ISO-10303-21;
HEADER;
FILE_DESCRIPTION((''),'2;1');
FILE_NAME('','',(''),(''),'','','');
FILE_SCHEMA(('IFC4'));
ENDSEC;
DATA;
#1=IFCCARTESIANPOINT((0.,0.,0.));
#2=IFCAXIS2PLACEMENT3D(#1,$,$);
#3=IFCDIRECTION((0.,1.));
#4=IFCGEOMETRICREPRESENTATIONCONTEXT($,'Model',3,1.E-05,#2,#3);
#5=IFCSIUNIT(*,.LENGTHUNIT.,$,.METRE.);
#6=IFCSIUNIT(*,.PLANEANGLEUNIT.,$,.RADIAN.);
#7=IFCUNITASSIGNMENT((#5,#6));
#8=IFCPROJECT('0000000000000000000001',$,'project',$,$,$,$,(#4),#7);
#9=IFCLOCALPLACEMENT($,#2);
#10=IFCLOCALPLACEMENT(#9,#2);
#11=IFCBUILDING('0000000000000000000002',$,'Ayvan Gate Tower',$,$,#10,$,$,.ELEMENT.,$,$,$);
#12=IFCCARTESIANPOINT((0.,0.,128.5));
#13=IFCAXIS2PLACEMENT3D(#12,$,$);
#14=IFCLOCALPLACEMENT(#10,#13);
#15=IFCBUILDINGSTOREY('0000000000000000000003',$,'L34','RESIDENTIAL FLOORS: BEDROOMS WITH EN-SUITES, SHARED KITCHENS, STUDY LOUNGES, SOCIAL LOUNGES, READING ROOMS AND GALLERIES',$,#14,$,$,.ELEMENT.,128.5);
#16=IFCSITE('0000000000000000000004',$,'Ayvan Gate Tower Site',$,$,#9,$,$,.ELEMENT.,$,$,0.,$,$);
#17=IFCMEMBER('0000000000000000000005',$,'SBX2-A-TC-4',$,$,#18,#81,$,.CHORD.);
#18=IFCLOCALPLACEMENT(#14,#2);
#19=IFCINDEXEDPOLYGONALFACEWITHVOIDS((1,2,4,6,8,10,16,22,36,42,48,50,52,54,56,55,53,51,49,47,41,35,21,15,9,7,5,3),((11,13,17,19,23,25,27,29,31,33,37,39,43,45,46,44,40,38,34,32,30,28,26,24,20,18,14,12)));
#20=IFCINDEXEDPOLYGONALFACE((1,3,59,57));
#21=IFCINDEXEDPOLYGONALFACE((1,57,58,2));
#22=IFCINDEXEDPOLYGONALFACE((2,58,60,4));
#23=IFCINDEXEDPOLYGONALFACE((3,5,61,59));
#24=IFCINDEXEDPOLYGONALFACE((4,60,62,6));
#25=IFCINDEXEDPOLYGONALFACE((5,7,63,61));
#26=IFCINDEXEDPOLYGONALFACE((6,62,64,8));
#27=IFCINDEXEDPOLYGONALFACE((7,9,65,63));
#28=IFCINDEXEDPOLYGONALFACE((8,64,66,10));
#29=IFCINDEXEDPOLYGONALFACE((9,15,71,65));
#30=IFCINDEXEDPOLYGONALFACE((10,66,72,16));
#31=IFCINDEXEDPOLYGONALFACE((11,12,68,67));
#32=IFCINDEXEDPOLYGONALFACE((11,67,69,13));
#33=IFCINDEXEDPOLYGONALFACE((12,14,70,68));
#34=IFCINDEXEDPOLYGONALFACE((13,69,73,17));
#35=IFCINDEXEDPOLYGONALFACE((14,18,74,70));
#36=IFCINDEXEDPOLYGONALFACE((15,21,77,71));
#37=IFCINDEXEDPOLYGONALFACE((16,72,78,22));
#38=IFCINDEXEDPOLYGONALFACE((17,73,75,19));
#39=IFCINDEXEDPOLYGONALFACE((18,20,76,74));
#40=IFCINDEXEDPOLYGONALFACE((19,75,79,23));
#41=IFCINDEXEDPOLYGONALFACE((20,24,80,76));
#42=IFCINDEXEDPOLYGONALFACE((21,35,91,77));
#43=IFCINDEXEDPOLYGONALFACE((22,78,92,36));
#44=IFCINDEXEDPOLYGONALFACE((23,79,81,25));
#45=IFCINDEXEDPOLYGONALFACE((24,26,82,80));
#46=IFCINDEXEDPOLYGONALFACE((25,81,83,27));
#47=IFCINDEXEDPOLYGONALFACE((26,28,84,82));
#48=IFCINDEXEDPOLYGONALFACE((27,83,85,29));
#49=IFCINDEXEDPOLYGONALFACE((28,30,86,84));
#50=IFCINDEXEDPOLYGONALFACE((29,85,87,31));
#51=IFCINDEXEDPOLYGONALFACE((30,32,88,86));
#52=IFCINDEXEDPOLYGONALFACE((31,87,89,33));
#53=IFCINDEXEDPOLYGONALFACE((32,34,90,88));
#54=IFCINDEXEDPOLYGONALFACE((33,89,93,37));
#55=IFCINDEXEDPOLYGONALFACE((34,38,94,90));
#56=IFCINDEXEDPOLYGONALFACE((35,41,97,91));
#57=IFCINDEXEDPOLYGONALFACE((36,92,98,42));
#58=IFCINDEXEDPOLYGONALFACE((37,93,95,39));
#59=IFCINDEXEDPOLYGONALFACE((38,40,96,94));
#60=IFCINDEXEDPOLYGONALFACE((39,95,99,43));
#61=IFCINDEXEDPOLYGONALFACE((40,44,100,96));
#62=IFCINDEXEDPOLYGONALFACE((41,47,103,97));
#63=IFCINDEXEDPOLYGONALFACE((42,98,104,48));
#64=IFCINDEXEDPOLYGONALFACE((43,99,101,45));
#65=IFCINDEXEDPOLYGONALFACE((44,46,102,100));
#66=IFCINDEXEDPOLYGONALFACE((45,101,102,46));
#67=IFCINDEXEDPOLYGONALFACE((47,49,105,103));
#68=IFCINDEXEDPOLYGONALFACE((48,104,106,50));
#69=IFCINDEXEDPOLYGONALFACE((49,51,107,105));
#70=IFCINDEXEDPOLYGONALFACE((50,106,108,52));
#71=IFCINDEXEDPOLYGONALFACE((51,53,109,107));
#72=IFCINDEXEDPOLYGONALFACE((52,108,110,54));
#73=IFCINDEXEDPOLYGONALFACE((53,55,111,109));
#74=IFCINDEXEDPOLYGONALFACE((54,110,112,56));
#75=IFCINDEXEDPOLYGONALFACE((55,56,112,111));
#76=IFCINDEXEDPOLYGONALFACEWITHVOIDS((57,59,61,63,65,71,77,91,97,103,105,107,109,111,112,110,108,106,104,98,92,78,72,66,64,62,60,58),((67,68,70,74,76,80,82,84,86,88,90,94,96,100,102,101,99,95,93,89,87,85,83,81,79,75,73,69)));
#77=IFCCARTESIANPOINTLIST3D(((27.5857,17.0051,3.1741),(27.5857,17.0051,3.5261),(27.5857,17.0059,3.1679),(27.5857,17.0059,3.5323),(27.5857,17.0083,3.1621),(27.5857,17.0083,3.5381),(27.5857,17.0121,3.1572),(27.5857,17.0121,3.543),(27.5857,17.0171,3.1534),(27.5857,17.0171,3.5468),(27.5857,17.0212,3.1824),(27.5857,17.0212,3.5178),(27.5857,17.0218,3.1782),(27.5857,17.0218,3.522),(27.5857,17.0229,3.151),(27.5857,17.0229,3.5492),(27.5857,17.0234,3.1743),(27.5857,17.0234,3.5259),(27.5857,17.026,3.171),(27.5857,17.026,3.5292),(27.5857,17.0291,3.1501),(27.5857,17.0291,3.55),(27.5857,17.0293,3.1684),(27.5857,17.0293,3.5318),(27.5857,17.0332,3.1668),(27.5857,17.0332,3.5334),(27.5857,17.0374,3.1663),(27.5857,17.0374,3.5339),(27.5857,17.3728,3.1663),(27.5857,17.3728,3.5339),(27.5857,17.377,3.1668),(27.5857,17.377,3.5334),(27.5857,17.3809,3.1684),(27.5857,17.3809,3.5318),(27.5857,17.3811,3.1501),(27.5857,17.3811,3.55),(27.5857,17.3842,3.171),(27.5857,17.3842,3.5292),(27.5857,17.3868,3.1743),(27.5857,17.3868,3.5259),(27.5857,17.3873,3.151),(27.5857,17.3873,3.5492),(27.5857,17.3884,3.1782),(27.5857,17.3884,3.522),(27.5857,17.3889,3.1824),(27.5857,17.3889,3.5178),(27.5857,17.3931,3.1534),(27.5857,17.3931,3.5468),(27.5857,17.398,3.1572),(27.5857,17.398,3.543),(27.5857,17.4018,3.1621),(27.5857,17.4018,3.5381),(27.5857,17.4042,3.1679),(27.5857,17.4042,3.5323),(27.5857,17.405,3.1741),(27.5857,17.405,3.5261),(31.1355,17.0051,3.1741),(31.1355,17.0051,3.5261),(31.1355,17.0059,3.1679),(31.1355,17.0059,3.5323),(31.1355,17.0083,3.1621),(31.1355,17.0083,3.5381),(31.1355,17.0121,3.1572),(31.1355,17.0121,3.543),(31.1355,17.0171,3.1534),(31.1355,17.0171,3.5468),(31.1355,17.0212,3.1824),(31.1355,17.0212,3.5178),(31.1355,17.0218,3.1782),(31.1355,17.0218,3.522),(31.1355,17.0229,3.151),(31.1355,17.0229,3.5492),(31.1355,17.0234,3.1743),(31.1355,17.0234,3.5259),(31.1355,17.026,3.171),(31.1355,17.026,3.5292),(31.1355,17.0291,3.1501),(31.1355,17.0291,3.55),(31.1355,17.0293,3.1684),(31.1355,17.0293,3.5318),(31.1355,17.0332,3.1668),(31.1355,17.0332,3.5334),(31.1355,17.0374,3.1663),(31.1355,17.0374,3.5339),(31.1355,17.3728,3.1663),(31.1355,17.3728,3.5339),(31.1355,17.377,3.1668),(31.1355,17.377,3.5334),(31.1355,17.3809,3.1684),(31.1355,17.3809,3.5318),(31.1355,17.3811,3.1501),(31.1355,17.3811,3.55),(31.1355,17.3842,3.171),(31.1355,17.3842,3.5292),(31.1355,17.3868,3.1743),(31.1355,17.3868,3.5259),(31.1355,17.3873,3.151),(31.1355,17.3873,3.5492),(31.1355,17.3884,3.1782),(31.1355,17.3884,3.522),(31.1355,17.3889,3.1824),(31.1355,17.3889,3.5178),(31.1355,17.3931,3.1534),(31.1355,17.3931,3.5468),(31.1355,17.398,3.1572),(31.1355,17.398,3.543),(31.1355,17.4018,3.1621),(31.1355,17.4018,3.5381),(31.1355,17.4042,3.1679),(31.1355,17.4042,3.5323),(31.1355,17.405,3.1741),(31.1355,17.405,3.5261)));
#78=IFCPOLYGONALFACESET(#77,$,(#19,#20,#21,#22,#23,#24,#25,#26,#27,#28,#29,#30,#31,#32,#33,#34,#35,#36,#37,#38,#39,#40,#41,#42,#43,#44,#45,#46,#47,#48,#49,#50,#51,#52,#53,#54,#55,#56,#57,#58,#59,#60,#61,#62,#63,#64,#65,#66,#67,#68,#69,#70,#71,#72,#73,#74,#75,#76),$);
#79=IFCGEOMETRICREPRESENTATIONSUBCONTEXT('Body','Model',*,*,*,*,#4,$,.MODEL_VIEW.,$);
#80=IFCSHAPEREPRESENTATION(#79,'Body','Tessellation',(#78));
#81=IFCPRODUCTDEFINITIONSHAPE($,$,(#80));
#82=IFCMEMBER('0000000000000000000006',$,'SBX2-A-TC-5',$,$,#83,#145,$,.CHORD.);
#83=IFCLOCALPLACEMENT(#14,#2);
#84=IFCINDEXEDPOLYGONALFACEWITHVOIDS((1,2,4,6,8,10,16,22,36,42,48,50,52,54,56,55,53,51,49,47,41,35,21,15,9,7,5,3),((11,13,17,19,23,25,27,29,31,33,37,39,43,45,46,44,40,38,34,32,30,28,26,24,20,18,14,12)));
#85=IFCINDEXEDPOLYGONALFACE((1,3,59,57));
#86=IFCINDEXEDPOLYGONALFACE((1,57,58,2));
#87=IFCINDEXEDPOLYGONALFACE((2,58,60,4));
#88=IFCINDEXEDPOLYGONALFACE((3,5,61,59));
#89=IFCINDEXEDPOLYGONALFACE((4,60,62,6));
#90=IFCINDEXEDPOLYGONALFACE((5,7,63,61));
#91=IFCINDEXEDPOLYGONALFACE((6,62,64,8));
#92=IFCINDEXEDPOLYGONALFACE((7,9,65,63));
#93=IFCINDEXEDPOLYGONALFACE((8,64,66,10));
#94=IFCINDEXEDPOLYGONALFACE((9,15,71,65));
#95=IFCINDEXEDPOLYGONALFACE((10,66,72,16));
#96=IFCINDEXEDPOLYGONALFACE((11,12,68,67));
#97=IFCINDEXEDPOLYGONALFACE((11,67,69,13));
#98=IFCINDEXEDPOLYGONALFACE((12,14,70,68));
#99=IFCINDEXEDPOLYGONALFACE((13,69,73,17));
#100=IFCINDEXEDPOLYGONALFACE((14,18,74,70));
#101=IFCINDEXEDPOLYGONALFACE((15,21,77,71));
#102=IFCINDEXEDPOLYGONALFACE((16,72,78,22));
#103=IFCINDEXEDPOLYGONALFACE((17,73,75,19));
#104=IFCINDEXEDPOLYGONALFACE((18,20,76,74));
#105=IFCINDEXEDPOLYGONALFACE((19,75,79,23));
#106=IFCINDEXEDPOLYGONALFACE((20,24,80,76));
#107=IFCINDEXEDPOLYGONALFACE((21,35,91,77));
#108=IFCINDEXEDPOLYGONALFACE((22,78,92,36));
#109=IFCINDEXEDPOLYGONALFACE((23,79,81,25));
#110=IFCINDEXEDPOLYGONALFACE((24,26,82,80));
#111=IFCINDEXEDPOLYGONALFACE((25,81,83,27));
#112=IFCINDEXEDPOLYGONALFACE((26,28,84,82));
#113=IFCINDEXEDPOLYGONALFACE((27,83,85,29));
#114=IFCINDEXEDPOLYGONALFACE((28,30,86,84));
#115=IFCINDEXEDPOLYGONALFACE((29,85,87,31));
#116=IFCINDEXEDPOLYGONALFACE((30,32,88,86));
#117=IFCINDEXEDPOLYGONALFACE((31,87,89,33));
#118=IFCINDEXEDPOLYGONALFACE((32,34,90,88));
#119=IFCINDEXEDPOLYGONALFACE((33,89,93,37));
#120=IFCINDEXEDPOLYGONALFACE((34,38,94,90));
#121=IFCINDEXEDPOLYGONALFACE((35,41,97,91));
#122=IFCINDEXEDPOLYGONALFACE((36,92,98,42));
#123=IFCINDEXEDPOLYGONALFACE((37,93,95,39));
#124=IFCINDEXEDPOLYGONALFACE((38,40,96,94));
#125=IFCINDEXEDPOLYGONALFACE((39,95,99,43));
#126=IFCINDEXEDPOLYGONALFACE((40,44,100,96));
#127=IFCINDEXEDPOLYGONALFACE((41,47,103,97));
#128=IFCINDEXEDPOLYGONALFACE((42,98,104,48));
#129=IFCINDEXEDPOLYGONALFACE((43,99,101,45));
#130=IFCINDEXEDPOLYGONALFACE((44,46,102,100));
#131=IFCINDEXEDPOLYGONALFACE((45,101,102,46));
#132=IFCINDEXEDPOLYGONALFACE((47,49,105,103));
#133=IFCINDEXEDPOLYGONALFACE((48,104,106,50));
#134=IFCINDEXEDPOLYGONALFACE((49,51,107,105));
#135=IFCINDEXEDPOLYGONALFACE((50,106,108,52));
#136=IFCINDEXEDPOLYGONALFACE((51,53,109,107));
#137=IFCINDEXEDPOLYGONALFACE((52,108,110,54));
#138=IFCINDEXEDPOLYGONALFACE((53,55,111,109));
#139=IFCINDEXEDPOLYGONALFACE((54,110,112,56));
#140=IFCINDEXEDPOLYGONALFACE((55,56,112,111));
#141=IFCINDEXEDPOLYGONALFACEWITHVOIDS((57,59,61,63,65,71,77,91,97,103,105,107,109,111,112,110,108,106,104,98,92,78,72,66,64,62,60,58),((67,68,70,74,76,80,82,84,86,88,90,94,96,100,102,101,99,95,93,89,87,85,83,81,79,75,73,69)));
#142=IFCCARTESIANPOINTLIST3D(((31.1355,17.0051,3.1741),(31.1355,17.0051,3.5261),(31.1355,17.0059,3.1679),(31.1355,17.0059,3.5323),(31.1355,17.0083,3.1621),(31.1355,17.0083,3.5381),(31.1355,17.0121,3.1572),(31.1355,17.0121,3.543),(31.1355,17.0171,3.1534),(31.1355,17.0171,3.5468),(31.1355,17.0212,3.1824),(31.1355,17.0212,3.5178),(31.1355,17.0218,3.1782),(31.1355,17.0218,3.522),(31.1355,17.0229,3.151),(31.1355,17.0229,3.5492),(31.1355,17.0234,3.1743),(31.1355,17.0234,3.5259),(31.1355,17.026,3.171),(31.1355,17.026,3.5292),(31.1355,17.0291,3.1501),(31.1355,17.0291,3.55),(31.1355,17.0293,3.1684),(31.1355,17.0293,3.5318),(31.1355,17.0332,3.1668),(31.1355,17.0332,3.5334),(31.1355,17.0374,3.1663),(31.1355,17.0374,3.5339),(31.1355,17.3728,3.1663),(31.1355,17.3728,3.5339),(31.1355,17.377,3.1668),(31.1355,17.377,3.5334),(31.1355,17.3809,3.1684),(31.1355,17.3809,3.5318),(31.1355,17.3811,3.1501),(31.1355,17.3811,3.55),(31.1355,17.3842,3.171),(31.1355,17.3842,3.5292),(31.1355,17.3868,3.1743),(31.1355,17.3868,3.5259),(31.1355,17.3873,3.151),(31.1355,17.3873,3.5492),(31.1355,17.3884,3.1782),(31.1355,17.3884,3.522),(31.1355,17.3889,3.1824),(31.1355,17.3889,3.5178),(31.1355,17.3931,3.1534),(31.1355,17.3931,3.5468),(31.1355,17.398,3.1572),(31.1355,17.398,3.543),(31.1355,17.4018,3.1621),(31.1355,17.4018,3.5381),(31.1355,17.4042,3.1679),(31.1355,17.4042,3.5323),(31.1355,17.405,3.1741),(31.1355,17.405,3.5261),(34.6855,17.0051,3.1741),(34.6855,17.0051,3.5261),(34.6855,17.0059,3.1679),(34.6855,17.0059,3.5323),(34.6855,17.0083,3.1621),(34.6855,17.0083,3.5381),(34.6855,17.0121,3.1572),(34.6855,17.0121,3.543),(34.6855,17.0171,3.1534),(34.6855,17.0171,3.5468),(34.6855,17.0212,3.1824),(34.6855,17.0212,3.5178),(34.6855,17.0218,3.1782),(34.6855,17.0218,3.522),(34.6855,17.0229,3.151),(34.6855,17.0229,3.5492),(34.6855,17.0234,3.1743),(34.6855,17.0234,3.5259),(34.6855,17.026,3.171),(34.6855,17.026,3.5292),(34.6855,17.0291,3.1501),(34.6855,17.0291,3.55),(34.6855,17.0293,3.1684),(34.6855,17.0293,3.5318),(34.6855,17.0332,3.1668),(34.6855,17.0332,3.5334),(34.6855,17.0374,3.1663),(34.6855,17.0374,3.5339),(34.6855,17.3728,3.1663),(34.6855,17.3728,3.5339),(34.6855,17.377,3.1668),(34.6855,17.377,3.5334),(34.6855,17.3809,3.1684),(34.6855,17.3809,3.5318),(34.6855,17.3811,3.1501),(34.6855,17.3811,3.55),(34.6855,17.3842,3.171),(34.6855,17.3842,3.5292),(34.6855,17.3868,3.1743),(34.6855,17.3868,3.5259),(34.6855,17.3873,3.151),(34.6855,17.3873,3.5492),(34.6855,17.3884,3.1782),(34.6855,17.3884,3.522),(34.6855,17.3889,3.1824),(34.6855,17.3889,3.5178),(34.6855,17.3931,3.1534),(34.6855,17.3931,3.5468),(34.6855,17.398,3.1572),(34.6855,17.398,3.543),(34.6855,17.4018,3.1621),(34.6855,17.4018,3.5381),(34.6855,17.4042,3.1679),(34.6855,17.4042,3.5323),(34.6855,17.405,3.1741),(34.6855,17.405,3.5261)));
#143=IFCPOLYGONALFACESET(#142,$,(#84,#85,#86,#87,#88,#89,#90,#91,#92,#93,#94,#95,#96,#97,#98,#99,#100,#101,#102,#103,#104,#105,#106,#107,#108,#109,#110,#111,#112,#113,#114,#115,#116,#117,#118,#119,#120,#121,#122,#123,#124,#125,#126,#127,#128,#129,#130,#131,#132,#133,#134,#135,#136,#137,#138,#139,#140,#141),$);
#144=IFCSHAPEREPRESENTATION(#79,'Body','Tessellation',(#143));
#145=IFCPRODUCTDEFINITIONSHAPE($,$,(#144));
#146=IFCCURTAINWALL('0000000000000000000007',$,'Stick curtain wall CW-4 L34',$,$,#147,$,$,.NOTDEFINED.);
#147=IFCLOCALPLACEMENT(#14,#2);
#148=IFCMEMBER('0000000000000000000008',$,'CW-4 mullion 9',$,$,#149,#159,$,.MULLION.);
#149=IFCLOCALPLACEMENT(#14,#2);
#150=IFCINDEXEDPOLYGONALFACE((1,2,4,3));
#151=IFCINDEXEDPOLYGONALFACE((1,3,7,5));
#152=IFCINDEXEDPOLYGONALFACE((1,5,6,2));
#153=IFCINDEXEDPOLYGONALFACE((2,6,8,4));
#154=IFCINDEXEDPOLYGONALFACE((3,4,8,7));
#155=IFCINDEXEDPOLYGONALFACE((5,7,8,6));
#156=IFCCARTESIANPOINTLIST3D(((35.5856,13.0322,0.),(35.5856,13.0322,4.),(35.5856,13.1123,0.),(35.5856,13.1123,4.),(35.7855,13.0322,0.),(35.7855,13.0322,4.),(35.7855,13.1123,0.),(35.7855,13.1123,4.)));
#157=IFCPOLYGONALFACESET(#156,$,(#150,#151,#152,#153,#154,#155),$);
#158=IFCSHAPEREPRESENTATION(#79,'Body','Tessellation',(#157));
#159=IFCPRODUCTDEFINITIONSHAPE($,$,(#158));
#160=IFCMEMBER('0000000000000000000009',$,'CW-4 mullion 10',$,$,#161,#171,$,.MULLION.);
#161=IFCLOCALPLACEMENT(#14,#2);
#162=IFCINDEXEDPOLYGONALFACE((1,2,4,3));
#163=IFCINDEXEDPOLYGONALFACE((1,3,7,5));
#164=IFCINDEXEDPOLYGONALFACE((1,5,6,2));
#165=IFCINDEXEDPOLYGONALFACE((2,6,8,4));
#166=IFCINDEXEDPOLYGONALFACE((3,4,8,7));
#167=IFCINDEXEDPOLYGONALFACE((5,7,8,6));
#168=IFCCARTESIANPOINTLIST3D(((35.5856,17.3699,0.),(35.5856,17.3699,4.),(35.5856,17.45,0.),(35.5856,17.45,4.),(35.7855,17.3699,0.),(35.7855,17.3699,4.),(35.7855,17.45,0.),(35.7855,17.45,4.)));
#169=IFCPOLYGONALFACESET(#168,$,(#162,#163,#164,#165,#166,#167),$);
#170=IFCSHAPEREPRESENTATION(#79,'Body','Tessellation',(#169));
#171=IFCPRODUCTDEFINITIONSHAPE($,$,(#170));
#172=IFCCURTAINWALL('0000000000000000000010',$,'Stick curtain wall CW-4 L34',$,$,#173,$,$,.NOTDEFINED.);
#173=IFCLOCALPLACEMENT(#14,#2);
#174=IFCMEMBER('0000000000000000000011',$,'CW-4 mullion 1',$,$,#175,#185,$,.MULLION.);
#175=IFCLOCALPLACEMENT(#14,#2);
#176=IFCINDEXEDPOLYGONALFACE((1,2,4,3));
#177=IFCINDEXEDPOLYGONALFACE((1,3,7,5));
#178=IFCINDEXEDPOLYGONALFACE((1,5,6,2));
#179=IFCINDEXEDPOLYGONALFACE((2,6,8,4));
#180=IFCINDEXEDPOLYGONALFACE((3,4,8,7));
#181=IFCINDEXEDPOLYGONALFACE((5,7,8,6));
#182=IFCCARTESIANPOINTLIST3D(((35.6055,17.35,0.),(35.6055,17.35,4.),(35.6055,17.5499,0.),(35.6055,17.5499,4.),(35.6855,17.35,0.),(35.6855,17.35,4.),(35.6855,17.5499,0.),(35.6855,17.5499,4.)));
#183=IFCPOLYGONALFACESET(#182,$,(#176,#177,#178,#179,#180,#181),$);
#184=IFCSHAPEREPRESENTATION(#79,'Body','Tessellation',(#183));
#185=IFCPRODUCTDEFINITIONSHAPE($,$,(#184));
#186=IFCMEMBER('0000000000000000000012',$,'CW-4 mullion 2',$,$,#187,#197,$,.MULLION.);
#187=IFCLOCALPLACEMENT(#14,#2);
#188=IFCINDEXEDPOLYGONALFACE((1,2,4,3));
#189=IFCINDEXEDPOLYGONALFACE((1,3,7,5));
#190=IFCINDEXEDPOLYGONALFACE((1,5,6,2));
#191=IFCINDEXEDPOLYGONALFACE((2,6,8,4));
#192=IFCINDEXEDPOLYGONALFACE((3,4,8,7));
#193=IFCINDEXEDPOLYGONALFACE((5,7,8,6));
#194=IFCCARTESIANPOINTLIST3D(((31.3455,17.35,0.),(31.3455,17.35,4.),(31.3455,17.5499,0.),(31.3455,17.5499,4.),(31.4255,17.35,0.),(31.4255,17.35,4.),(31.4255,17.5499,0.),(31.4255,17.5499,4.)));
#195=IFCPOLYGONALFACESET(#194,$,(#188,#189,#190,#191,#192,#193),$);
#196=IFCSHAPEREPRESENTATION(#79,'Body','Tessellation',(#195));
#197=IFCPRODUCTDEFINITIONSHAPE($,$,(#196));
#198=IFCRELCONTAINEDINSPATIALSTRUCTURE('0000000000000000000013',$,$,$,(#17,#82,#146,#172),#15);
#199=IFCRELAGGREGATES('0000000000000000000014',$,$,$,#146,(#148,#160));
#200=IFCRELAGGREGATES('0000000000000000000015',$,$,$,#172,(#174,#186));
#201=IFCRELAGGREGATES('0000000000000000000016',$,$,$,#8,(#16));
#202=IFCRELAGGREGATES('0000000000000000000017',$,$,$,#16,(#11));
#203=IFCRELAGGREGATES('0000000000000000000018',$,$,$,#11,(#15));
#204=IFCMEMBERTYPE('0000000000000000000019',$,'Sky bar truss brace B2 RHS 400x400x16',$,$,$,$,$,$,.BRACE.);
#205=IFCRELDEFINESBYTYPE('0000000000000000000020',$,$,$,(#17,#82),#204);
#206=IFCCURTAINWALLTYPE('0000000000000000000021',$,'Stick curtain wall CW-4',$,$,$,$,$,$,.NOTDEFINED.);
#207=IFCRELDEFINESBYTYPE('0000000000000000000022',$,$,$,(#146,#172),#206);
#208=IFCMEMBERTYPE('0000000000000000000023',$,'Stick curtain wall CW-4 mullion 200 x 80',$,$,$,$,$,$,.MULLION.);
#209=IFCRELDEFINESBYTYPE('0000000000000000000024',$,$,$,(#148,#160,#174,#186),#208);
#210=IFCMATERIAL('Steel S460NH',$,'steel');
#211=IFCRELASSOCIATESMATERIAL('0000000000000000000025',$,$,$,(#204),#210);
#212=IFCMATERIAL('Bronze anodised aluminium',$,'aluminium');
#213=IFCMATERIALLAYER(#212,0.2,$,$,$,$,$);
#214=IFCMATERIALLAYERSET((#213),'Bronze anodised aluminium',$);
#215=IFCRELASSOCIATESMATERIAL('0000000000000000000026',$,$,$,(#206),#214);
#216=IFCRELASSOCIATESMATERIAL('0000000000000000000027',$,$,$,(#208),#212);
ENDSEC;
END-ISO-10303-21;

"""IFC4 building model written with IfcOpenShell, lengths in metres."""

from ifc_helpers import new_model, si_unit, direction, frame, origin, origin_2d, place, context, subcontext, project, spatial, rectangle, hollow_rectangle, extrude, material, layer, layer_set, material_profile, profile_set, type_object, element, aggregate, save


model = new_model("IFC4")

# Units and contexts
model_context = context("Model", 3, precision=1e-05, world=origin(), true_north=direction((0.0, 1.0)))
body_context = subcontext(model_context, "Body", "Model", "MODEL_VIEW")
ifc_project = project(units=[si_unit("LENGTHUNIT", "METRE"), si_unit("PLANEANGLEUNIT", "RADIAN")], contexts=[model_context])

# Site, building, storey
site_placement = place(None, origin())
site = spatial("IfcSite", under=ifc_project, at=site_placement, Name="Ayvan Gate Tower Site", CompositionType="ELEMENT", RefElevation=0.0)
building_placement = place(site_placement, origin())
building = spatial("IfcBuilding", under=site, at=building_placement, Name="Ayvan Gate Tower", CompositionType="ELEMENT")
storey_placement = place(building_placement, frame((0.0, 0.0, 128.5)))
storey = spatial("IfcBuildingStorey", under=building, at=storey_placement, Name="L34", Description="RESIDENTIAL FLOORS: BEDROOMS WITH EN-SUITES, SHARED KITCHENS, STUDY LOUNGES, SOCIAL LOUNGES, READING ROOMS AND GALLERIES", CompositionType="ELEMENT", Elevation=128.5)

# Members
ifc_material_1 = material(Name="Steel S460NH", Category="steel")
ifc_material_profile_1 = material_profile(ifc_material_1, hollow_rectangle(XDim=0.3999, YDim=0.3999, WallThickness=0.0161, InnerFilletRadius=0.0161, OuterFilletRadius=0.0239, at=origin_2d()), Name="RHS 400x400x16")
ifc_profile_set_1 = profile_set([ifc_material_profile_1], Name="Steel S460NH")
member_type_1 = type_object("IfcMemberType", Name="Sky bar truss brace B2 RHS 400x400x16", PredefinedType="BRACE", material=ifc_profile_set_1)
member_1_placement = place(storey_placement, frame((27.5857, 17.2051, 3.3501), z_axis=(1.0, 0.0, 0.0), x_axis=(0.0, 1.0, 0.0)))
element("IfcMember", 1, at=member_1_placement, inside=storey, type_object=member_type_1, Name="SBX2-A-TC-4", PredefinedType="CHORD", context=body_context, shape_type="SweptSolid", body=[
    extrude(hollow_rectangle(XDim=0.3999, YDim=0.3999, WallThickness=0.0161, InnerFilletRadius=0.0161, OuterFilletRadius=0.0239, at=origin_2d()), origin(), (0.0, 0.0, 1.0), 3.5498),
])
member_2_placement = place(storey_placement, frame((31.1355, 17.2051, 3.3501), z_axis=(1.0, 0.0, 0.0), x_axis=(0.0, 1.0, 0.0)))
element("IfcMember", 2, at=member_2_placement, inside=storey, type_object=member_type_1, Name="SBX2-A-TC-5", PredefinedType="CHORD", context=body_context, shape_type="SweptSolid", body=[
    extrude(hollow_rectangle(XDim=0.3999, YDim=0.3999, WallThickness=0.0161, InnerFilletRadius=0.0161, OuterFilletRadius=0.0239, at=origin_2d()), origin(), (0.0, 0.0, 1.0), 3.55),
])

# Curtain walls, members
ifc_material_2 = material(Name="Bronze anodised aluminium", Category="aluminium")
ifc_layer_1 = layer(ifc_material_2, 0.2)
ifc_layer_set_1 = layer_set([ifc_layer_1], Name="Bronze anodised aluminium")
curtain_wall_type = type_object("IfcCurtainWallType", Name="Stick curtain wall CW-4", PredefinedType="NOTDEFINED", material=ifc_layer_set_1)
curtain_wall_1_placement = place(storey_placement, origin())
curtain_wall_1 = element("IfcCurtainWall", 3, at=curtain_wall_1_placement, inside=storey, type_object=curtain_wall_type, Name="Stick curtain wall CW-4 L34", PredefinedType="NOTDEFINED")
ifc_material_profile_2 = material_profile(ifc_material_2, rectangle(XDim=0.2, YDim=0.0801, at=origin_2d()), Name="Stick curtain wall CW-4 mullion 200 x 80")
ifc_profile_set_2 = profile_set([ifc_material_profile_2], Name="Bronze anodised aluminium")
member_type_2 = type_object("IfcMemberType", Name="Stick curtain wall CW-4 mullion 200 x 80", PredefinedType="MULLION", material=ifc_profile_set_2)
member_3_placement = place(storey_placement, frame((35.6855, 13.0723, 0.0), z_axis=(0.0, 0.0, 1.0), x_axis=(1.0, 0.0, 0.0)))
member_3 = element("IfcMember", 4, at=member_3_placement, type_object=member_type_2, Name="CW-4 mullion 9", PredefinedType="MULLION", context=body_context, shape_type="SweptSolid", body=[
    extrude(rectangle(XDim=0.2, YDim=0.0801, at=origin_2d()), origin(), (0.0, 0.0, 1.0), 4.0),
])
member_4_placement = place(storey_placement, frame((35.6855, 17.4099, 0.0), z_axis=(0.0, 0.0, 1.0), x_axis=(1.0, 0.0, 0.0)))
member_4 = element("IfcMember", 5, at=member_4_placement, type_object=member_type_2, Name="CW-4 mullion 10", PredefinedType="MULLION", context=body_context, shape_type="SweptSolid", body=[
    extrude(rectangle(XDim=0.2, YDim=0.0801, at=origin_2d()), origin(), (0.0, 0.0, 1.0), 4.0),
])
curtain_wall_2_placement = place(storey_placement, origin())
curtain_wall_2 = element("IfcCurtainWall", 6, at=curtain_wall_2_placement, inside=storey, type_object=curtain_wall_type, Name="Stick curtain wall CW-4 L34", PredefinedType="NOTDEFINED")
member_5_placement = place(storey_placement, frame((35.6455, 17.45, 0.0), z_axis=(0.0, 0.0, 1.0), x_axis=(0.0, 1.0, 0.0)))
member_5 = element("IfcMember", 7, at=member_5_placement, type_object=member_type_2, Name="CW-4 mullion 1", PredefinedType="MULLION", context=body_context, shape_type="SweptSolid", body=[
    extrude(rectangle(XDim=0.2, YDim=0.0801, at=origin_2d()), origin(), (0.0, 0.0, 1.0), 4.0),
])
member_6_placement = place(storey_placement, frame((31.3855, 17.45, 0.0), z_axis=(0.0, 0.0, 1.0), x_axis=(0.0, 1.0, 0.0)))
member_6 = element("IfcMember", 8, at=member_6_placement, type_object=member_type_2, Name="CW-4 mullion 2", PredefinedType="MULLION", context=body_context, shape_type="SweptSolid", body=[
    extrude(rectangle(XDim=0.2, YDim=0.0801, at=origin_2d()), origin(), (0.0, 0.0, 1.0), 4.0),
])

aggregate(curtain_wall_1, [member_3, member_4])
aggregate(curtain_wall_2, [member_5, member_6])

save(model, "model.ifc")
